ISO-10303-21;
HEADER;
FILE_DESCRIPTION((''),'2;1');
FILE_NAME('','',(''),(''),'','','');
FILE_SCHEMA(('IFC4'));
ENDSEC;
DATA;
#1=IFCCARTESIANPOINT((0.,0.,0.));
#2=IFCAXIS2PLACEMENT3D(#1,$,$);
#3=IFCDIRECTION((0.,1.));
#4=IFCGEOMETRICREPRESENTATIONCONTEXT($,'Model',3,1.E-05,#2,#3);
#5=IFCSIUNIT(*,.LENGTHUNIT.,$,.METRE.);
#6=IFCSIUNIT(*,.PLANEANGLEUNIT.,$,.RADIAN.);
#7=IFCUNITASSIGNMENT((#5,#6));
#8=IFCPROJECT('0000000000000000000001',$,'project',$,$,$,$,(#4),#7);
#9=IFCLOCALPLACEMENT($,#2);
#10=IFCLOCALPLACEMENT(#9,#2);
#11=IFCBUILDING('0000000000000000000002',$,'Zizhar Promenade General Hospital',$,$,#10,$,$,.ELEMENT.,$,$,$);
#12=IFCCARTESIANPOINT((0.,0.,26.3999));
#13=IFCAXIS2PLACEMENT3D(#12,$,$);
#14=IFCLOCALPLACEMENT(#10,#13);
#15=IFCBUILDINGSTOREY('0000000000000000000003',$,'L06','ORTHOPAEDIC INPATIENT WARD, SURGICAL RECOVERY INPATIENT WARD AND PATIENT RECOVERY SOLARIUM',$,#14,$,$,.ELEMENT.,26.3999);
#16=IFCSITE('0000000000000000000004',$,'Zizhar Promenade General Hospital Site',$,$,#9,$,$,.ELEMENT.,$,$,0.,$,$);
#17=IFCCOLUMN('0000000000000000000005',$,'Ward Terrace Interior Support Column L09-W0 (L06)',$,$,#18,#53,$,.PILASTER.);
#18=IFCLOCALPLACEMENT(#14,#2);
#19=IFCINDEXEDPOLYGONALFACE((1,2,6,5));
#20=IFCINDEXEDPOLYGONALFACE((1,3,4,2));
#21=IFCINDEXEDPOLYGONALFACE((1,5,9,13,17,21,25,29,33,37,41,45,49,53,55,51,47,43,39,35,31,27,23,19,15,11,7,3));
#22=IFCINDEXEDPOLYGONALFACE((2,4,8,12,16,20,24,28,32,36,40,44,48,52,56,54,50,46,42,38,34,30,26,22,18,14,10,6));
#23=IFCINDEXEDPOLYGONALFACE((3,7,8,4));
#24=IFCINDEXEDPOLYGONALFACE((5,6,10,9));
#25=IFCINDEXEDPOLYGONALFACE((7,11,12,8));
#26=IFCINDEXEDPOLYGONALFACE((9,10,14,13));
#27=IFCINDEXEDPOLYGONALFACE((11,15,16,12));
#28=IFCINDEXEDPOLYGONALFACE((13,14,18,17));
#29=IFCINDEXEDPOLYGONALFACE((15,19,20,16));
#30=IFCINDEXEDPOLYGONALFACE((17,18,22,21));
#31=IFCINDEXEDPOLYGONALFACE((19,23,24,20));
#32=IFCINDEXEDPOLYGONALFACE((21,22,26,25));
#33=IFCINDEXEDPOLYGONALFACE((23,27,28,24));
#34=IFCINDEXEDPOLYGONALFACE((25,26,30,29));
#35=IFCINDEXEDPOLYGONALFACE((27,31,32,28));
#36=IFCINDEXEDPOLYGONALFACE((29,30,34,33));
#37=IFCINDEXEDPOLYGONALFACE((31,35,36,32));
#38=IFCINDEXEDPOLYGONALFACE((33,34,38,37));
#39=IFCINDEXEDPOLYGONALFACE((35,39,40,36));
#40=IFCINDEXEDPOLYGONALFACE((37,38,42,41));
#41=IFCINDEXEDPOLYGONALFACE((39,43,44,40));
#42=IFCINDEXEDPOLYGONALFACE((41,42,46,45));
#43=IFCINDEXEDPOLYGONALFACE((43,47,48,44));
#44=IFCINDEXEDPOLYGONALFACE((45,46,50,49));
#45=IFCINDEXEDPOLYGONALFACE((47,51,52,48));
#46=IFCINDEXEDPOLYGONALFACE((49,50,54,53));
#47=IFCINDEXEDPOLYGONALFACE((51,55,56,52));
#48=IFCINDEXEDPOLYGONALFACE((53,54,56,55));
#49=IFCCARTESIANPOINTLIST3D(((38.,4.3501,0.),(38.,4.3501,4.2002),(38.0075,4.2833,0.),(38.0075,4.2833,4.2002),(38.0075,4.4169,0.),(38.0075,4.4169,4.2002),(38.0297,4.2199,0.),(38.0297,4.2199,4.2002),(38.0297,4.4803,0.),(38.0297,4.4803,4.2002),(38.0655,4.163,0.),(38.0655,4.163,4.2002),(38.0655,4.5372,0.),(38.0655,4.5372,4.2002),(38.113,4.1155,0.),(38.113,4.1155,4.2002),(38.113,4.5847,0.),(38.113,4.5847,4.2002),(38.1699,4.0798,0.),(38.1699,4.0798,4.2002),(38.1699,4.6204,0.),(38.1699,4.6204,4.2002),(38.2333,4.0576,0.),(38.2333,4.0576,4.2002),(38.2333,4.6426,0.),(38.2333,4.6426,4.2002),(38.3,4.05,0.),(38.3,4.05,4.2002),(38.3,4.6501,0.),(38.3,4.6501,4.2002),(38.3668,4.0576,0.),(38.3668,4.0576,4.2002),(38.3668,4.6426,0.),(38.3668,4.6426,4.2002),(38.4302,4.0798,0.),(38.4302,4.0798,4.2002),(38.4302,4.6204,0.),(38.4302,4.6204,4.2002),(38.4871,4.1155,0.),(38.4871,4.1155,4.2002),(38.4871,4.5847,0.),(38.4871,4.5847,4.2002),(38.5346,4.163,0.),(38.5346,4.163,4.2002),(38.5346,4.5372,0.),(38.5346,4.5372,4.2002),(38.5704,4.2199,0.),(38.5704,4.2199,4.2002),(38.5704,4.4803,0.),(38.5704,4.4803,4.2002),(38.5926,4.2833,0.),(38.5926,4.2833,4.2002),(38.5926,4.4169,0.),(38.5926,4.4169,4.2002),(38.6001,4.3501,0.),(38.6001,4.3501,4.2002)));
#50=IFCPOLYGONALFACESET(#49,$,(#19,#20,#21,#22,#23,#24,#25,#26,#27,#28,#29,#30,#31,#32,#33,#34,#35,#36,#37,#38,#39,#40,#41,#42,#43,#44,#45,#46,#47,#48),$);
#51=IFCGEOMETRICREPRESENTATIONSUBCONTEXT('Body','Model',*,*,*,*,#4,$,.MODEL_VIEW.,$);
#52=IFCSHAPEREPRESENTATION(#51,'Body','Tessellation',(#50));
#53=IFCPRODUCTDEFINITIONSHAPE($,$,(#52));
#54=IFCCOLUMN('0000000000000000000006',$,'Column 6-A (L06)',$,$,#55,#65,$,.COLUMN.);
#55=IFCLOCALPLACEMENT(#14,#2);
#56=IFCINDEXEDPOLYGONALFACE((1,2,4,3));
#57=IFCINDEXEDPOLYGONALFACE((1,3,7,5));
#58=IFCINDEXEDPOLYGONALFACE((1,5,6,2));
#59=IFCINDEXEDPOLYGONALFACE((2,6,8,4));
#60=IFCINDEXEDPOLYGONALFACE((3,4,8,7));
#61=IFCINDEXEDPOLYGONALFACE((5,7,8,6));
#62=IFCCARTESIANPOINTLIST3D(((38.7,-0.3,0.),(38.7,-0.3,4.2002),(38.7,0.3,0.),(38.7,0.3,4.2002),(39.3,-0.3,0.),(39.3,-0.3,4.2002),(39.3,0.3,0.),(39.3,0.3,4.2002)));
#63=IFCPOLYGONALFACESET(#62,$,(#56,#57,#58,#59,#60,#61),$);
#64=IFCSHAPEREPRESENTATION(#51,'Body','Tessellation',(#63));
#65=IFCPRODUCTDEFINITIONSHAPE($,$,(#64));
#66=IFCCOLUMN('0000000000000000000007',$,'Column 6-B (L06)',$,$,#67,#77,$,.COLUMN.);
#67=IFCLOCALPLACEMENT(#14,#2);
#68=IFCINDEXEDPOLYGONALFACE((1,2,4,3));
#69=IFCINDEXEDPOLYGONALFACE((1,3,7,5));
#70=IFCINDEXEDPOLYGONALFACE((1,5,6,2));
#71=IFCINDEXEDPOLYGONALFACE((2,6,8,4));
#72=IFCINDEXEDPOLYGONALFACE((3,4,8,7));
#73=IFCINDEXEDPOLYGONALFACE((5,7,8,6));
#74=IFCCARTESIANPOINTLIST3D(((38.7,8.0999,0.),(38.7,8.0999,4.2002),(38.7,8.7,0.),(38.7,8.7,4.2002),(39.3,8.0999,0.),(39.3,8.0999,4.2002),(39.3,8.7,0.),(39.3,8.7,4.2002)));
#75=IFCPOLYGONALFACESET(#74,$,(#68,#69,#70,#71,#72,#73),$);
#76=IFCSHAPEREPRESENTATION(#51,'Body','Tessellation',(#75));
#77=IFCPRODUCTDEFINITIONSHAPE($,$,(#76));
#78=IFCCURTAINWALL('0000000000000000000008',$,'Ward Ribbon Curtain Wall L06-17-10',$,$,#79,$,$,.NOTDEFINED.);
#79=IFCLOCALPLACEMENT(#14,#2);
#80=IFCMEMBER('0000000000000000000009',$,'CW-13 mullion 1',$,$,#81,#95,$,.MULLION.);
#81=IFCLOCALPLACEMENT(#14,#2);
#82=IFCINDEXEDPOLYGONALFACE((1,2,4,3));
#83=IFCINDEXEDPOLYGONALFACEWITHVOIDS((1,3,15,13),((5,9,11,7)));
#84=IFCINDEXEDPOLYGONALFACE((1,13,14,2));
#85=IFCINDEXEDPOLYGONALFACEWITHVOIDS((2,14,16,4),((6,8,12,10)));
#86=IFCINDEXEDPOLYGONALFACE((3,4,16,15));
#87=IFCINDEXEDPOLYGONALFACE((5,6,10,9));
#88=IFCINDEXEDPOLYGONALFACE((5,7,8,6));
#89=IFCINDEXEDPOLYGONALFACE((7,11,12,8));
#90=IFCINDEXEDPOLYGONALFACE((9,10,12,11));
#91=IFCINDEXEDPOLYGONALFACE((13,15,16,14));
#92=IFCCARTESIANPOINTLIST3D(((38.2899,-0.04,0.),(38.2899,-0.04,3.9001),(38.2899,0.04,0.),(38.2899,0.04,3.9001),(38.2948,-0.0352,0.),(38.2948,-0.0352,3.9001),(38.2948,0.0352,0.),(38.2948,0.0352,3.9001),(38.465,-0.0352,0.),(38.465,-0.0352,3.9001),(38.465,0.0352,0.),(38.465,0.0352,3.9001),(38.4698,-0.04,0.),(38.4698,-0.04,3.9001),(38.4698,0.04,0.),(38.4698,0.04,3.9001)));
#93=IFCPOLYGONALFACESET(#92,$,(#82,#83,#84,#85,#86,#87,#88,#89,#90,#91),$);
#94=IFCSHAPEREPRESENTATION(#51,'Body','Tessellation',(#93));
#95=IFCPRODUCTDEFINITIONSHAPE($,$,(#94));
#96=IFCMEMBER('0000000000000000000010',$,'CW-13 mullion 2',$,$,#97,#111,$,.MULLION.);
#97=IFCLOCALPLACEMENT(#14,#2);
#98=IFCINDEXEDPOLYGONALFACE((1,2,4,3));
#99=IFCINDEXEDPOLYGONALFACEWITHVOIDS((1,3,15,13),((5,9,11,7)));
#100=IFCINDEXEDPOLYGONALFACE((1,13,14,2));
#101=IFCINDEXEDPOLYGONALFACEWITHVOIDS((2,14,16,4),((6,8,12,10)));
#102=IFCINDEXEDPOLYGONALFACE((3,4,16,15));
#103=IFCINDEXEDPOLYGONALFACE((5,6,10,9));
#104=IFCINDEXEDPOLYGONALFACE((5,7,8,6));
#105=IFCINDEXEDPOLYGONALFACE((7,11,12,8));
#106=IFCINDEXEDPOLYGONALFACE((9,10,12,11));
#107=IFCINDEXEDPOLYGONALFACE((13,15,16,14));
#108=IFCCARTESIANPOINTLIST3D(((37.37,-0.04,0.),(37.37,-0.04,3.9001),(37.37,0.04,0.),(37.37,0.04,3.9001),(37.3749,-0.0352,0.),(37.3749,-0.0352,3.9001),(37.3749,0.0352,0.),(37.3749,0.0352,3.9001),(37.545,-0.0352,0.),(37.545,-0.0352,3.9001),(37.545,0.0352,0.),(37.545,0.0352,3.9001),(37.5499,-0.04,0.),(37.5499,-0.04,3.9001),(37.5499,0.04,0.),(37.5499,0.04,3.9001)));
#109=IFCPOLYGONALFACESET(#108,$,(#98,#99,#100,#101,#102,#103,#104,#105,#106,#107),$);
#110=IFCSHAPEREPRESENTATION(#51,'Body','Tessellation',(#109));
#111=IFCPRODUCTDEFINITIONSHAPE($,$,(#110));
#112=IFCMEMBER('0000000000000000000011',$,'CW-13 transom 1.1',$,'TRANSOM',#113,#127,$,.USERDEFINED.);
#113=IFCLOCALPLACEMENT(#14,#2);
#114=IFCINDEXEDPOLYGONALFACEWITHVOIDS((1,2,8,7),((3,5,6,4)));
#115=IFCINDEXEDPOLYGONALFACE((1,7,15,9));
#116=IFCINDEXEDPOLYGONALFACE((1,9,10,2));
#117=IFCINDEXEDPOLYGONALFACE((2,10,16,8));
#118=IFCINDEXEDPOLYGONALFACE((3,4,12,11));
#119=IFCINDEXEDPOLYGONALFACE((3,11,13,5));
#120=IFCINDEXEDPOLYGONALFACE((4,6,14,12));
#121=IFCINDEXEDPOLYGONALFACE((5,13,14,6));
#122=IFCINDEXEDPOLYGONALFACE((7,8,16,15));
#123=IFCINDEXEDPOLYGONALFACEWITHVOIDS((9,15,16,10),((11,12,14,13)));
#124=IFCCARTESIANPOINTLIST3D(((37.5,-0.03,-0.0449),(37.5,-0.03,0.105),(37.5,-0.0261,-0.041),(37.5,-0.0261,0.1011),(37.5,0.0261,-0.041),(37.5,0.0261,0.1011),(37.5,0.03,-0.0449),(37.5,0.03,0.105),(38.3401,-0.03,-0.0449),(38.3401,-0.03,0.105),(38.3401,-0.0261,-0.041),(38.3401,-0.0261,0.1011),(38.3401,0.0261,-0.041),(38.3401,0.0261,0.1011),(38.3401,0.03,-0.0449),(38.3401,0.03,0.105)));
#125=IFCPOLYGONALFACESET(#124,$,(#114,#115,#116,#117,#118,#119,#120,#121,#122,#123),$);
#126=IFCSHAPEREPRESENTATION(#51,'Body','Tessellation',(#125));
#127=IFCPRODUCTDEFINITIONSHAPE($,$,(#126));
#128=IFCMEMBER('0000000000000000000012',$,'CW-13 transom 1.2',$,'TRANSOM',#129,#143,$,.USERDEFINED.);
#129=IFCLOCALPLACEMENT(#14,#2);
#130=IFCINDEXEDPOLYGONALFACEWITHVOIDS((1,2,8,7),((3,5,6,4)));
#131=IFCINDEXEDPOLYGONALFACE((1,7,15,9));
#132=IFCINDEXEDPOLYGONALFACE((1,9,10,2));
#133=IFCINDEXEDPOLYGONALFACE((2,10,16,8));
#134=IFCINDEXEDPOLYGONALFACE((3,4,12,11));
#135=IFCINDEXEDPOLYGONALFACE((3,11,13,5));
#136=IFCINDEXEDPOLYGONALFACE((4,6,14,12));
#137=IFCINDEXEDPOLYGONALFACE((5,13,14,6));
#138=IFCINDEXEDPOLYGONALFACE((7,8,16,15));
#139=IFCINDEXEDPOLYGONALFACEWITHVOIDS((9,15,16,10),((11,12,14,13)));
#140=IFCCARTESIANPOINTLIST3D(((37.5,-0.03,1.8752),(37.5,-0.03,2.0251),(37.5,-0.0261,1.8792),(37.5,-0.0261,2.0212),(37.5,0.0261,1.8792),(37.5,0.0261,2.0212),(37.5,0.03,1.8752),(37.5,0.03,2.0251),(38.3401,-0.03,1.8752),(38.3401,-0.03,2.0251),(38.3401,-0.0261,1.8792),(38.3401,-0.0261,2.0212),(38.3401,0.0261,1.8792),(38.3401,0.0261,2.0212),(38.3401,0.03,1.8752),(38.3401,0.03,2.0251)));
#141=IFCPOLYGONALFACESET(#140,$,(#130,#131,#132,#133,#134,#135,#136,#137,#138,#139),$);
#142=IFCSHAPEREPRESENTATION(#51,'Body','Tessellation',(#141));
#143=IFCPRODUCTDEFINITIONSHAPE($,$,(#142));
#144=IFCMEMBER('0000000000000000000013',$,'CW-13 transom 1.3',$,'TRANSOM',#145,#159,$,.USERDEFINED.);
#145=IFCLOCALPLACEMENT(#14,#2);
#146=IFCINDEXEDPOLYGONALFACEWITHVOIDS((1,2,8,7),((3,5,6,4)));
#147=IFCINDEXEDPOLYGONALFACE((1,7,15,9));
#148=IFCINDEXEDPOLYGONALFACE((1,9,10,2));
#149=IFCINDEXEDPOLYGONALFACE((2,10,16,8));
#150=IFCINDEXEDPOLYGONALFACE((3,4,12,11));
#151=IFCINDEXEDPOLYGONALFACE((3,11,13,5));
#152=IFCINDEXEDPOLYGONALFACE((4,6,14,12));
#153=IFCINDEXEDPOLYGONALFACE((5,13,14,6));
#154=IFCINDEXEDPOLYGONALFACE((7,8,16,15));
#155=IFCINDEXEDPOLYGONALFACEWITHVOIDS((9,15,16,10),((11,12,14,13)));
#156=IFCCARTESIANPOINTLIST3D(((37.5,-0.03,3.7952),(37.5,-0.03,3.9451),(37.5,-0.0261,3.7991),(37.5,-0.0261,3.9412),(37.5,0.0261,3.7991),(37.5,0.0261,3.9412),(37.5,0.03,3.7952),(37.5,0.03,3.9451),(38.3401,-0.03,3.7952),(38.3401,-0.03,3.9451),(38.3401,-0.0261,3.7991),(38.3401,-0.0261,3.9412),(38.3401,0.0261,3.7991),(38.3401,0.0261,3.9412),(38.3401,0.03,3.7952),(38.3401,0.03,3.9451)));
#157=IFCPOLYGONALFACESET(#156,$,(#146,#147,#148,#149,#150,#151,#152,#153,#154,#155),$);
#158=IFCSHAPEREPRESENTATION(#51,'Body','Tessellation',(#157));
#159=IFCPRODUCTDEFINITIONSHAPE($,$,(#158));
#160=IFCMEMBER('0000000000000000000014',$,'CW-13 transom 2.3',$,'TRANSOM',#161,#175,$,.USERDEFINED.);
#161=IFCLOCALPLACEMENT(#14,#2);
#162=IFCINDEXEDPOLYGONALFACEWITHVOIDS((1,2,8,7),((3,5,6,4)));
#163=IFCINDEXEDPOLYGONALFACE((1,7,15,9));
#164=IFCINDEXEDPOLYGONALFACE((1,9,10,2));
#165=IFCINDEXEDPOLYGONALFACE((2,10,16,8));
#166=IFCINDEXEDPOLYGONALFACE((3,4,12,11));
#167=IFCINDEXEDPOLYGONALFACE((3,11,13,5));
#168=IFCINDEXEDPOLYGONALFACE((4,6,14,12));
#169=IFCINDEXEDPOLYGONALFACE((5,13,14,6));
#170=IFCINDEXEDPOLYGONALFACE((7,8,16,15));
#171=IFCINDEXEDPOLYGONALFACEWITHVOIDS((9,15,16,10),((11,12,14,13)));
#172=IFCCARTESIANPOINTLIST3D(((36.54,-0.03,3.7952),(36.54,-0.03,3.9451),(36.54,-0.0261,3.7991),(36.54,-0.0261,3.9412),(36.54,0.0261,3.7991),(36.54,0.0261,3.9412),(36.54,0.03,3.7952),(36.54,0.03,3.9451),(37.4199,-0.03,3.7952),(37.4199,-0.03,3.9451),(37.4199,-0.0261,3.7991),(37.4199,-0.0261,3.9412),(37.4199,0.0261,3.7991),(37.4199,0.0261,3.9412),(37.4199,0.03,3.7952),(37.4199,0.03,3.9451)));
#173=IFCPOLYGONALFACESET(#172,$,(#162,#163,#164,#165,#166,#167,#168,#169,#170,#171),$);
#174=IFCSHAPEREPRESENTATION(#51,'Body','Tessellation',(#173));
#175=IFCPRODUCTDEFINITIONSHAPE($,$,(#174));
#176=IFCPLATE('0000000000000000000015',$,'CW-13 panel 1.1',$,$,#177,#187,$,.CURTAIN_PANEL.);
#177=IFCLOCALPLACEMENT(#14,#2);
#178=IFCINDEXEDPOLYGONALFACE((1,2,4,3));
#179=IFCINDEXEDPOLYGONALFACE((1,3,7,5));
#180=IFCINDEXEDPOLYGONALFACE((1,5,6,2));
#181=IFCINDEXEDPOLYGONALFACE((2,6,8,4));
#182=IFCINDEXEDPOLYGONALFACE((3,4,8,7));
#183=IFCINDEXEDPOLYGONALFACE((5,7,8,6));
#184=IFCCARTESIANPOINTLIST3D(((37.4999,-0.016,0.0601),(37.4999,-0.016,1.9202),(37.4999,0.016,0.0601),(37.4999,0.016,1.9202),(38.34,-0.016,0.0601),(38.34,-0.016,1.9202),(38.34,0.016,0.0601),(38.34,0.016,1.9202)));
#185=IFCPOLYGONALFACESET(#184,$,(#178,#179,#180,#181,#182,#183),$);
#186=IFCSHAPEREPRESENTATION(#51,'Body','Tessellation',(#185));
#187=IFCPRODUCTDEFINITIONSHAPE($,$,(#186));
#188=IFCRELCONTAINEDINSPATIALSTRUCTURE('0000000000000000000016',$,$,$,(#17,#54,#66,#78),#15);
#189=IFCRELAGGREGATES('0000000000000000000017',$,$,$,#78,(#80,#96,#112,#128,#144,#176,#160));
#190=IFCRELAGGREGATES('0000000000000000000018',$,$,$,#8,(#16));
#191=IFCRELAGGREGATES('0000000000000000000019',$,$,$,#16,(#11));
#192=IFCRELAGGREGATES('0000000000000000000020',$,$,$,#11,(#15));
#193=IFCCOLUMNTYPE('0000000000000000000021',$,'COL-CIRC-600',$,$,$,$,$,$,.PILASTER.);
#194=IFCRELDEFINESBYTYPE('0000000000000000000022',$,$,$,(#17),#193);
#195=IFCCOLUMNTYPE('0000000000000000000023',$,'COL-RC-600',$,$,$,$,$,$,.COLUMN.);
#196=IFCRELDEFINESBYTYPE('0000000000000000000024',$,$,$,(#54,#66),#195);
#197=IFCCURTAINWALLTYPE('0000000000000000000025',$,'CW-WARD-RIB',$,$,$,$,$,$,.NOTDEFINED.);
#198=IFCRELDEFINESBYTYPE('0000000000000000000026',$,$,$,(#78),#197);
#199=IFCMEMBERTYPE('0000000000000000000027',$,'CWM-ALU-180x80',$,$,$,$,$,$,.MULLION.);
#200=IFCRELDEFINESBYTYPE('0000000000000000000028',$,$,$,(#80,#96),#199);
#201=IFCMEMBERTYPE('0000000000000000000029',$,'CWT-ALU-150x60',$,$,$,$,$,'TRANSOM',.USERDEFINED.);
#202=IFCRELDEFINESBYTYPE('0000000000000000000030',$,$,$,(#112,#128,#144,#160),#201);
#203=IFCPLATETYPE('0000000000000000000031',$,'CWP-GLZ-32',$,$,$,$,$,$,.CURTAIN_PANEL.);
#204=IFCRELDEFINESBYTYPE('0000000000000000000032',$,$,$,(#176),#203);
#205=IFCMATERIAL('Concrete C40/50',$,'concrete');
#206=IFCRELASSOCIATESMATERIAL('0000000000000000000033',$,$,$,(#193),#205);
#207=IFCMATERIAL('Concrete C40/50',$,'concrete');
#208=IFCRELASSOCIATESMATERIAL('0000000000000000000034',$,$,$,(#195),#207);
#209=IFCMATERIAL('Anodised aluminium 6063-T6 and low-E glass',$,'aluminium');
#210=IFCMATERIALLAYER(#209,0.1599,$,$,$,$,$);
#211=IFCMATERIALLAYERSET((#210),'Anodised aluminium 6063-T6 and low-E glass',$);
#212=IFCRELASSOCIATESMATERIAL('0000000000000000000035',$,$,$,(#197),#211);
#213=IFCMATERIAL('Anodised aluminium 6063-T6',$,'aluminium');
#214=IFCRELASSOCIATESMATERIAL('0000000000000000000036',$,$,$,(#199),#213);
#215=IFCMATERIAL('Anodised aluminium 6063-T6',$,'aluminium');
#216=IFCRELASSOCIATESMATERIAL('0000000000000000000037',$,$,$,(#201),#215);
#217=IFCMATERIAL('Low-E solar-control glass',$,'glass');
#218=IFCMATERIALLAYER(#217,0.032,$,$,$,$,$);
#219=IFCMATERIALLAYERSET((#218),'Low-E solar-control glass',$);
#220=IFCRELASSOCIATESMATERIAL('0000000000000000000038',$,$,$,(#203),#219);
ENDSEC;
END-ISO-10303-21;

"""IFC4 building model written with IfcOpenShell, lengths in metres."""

from ifc_helpers import new_model, si_unit, direction, frame, origin, origin_2d, place, context, subcontext, project, spatial, rectangle, hollow_rectangle, circle, extrude, material, layer, layer_set, material_profile, profile_set, type_object, element, aggregate, save


model = new_model("IFC4")

# Units and contexts
model_context = context("Model", 3, precision=1e-05, world=origin(), true_north=direction((0.0, 1.0)))
body_context = subcontext(model_context, "Body", "Model", "MODEL_VIEW")
ifc_project = project(units=[si_unit("LENGTHUNIT", "METRE"), si_unit("PLANEANGLEUNIT", "RADIAN")], contexts=[model_context])

# Site, building, storey
site_placement = place(None, origin())
site = spatial("IfcSite", under=ifc_project, at=site_placement, Name="Zizhar Promenade General Hospital Site", CompositionType="ELEMENT", RefElevation=0.0)
building_placement = place(site_placement, origin())
building = spatial("IfcBuilding", under=site, at=building_placement, Name="Zizhar Promenade General Hospital", CompositionType="ELEMENT")
storey_placement = place(building_placement, frame((0.0, 0.0, 26.3999)))
storey = spatial("IfcBuildingStorey", under=building, at=storey_placement, Name="L06", Description="ORTHOPAEDIC INPATIENT WARD, SURGICAL RECOVERY INPATIENT WARD AND PATIENT RECOVERY SOLARIUM", CompositionType="ELEMENT", Elevation=26.3999)

# Columns
ifc_material_1 = material(Name="Concrete C40/50", Category="concrete")
ifc_material_profile_1 = material_profile(ifc_material_1, circle(Radius=0.3, at=origin_2d()))
ifc_profile_set_1 = profile_set([ifc_material_profile_1], Name="Concrete C40/50")
column_type_1 = type_object("IfcColumnType", Name="COL-CIRC-600", PredefinedType="PILASTER", material=ifc_profile_set_1)
column_placement = place(storey_placement, frame((38.3, 4.3501, 0.0), z_axis=(0.0, 0.0, 1.0), x_axis=(1.0, 0.0, 0.0)))
element("IfcColumn", 1, at=column_placement, inside=storey, type_object=column_type_1, Name="Ward Terrace Interior Support Column L09-W0 (L06)", PredefinedType="PILASTER", context=body_context, shape_type="SweptSolid", body=[
    extrude(circle(Radius=0.3, at=origin_2d()), origin(), (0.0, 0.0, 1.0), 4.2002),
])
ifc_material_2 = material(Name="Concrete C40/50", Category="concrete")
ifc_material_profile_2 = material_profile(ifc_material_2, rectangle(XDim=0.6001, YDim=0.6001, at=origin_2d()))
ifc_profile_set_2 = profile_set([ifc_material_profile_2], Name="Concrete C40/50")
column_type_2 = type_object("IfcColumnType", Name="COL-RC-600", PredefinedType="COLUMN", material=ifc_profile_set_2)
for number, where, z_axis, x_axis, name in (
    (2, (39.0, 0.0, 0.0), (0.0, 0.0, 1.0), (1.0, 0.0, 0.0), "Column 6-A (L06)"),
    (3, (39.0, 8.3999, 0.0), (0.0, 0.0, 1.0), (1.0, 0.0, 0.0), "Column 6-B (L06)"),
):
    element("IfcColumn", number, at=place(storey_placement, frame(where, z_axis=z_axis, x_axis=x_axis)), inside=storey, type_object=column_type_2, Name=name, PredefinedType="COLUMN", context=body_context, shape_type="SweptSolid", body=[
        extrude(rectangle(XDim=0.6001, YDim=0.6001, at=origin_2d()), origin(), (0.0, 0.0, 1.0), 4.2002),
    ])

# Curtain wall, members, plate
ifc_material_3 = material(Name="Anodised aluminium 6063-T6 and low-E glass", Category="aluminium")
ifc_layer_1 = layer(ifc_material_3, 0.1599)
ifc_layer_set_1 = layer_set([ifc_layer_1], Name="Anodised aluminium 6063-T6 and low-E glass")
curtain_wall_type = type_object("IfcCurtainWallType", Name="CW-WARD-RIB", PredefinedType="NOTDEFINED", material=ifc_layer_set_1)
curtain_wall_placement = place(storey_placement, origin())
curtain_wall = element("IfcCurtainWall", 4, at=curtain_wall_placement, inside=storey, type_object=curtain_wall_type, Name="Ward Ribbon Curtain Wall L06-17-10", PredefinedType="NOTDEFINED")
ifc_material_4 = material(Name="Anodised aluminium 6063-T6", Category="aluminium")
ifc_material_profile_3 = material_profile(ifc_material_4, hollow_rectangle(XDim=0.0801, YDim=0.1799, WallThickness=0.0049, at=origin_2d()))
ifc_profile_set_3 = profile_set([ifc_material_profile_3], Name="Anodised aluminium 6063-T6")
member_type_1 = type_object("IfcMemberType", Name="CWM-ALU-180x80", PredefinedType="MULLION", material=ifc_profile_set_3)
member_1_placement = place(storey_placement, frame((38.3799, 0.0, 0.0), z_axis=(0.0, 0.0, 1.0), x_axis=(0.0, -1.0, 0.0)))
member_1 = element("IfcMember", 5, at=member_1_placement, type_object=member_type_1, Name="CW-13 mullion 1", PredefinedType="MULLION", context=body_context, shape_type="SweptSolid", body=[
    extrude(hollow_rectangle(XDim=0.0801, YDim=0.1799, WallThickness=0.0049, at=origin_2d()), origin(), (0.0, 0.0, 1.0), 3.9001),
])
member_2_placement = place(storey_placement, frame((37.46, 0.0, 0.0), z_axis=(0.0, 0.0, 1.0), x_axis=(0.0, -1.0, 0.0)))
member_2 = element("IfcMember", 6, at=member_2_placement, type_object=member_type_1, Name="CW-13 mullion 2", PredefinedType="MULLION", context=body_context, shape_type="SweptSolid", body=[
    extrude(hollow_rectangle(XDim=0.0801, YDim=0.1799, WallThickness=0.0049, at=origin_2d()), origin(), (0.0, 0.0, 1.0), 3.9001),
])
ifc_material_5 = material(Name="Anodised aluminium 6063-T6", Category="aluminium")
ifc_material_profile_4 = material_profile(ifc_material_5, hollow_rectangle(XDim=0.0601, YDim=0.1499, WallThickness=0.0039, at=origin_2d()))
ifc_profile_set_4 = profile_set([ifc_material_profile_4], Name="Anodised aluminium 6063-T6")
member_type_2 = type_object("IfcMemberType", Name="CWT-ALU-150x60", ElementType="TRANSOM", PredefinedType="USERDEFINED", material=ifc_profile_set_4)
member_3_placement = place(storey_placement, frame((38.3401, 0.0, 0.03), z_axis=(-1.0, 0.0, 0.0), x_axis=(0.0, -1.0, 0.0)))
member_3 = element("IfcMember", 7, at=member_3_placement, type_object=member_type_2, Name="CW-13 transom 1.1", ObjectType="TRANSOM", PredefinedType="USERDEFINED", context=body_context, shape_type="SweptSolid", body=[
    extrude(hollow_rectangle(XDim=0.0601, YDim=0.1499, WallThickness=0.0039, at=origin_2d()), origin(), (0.0, 0.0, 1.0), 0.8401),
])
member_4_placement = place(storey_placement, frame((38.3401, 0.0, 1.9502), z_axis=(-1.0, 0.0, 0.0), x_axis=(0.0, -1.0, 0.0)))
member_4 = element("IfcMember", 8, at=member_4_placement, type_object=member_type_2, Name="CW-13 transom 1.2", ObjectType="TRANSOM", PredefinedType="USERDEFINED", context=body_context, shape_type="SweptSolid", body=[
    extrude(hollow_rectangle(XDim=0.0601, YDim=0.1499, WallThickness=0.0039, at=origin_2d()), origin(), (0.0, 0.0, 1.0), 0.8401),
])
member_5_placement = place(storey_placement, frame((38.3401, 0.0, 3.8701), z_axis=(-1.0, 0.0, 0.0), x_axis=(0.0, -1.0, 0.0)))
member_5 = element("IfcMember", 9, at=member_5_placement, type_object=member_type_2, Name="CW-13 transom 1.3", ObjectType="TRANSOM", PredefinedType="USERDEFINED", context=body_context, shape_type="SweptSolid", body=[
    extrude(hollow_rectangle(XDim=0.0601, YDim=0.1499, WallThickness=0.0039, at=origin_2d()), origin(), (0.0, 0.0, 1.0), 0.8401),
])
member_6_placement = place(storey_placement, frame((37.4199, 0.0, 3.8701), z_axis=(-1.0, 0.0, 0.0), x_axis=(0.0, -1.0, 0.0)))
member_6 = element("IfcMember", 10, at=member_6_placement, type_object=member_type_2, Name="CW-13 transom 2.3", ObjectType="TRANSOM", PredefinedType="USERDEFINED", context=body_context, shape_type="SweptSolid", body=[
    extrude(hollow_rectangle(XDim=0.0601, YDim=0.1499, WallThickness=0.0039, at=origin_2d()), origin(), (0.0, 0.0, 1.0), 0.8799),
])
ifc_material_6 = material(Name="Low-E solar-control glass", Category="glass")
ifc_layer_2 = layer(ifc_material_6, 0.032)
ifc_layer_set_2 = layer_set([ifc_layer_2], Name="Low-E solar-control glass")
plate_type = type_object("IfcPlateType", Name="CWP-GLZ-32", PredefinedType="CURTAIN_PANEL", material=ifc_layer_set_2)
plate_1_placement = place(storey_placement, frame((37.9199, 0.0, 0.0601), z_axis=(0.0, 0.0, 1.0), x_axis=(-1.0, 0.0, 0.0)))
plate_1 = element("IfcPlate", 11, at=plate_1_placement, type_object=plate_type, Name="CW-13 panel 1.1", PredefinedType="CURTAIN_PANEL", context=body_context, shape_type="SweptSolid", body=[
    extrude(rectangle(XDim=0.8401, YDim=0.032, at=origin_2d()), origin(), (0.0, 0.0, 1.0), 1.8601),
])
aggregate(curtain_wall, [member_1, member_2, member_3, member_4, member_5, plate_1, member_6])

save(model, "model.ifc")
